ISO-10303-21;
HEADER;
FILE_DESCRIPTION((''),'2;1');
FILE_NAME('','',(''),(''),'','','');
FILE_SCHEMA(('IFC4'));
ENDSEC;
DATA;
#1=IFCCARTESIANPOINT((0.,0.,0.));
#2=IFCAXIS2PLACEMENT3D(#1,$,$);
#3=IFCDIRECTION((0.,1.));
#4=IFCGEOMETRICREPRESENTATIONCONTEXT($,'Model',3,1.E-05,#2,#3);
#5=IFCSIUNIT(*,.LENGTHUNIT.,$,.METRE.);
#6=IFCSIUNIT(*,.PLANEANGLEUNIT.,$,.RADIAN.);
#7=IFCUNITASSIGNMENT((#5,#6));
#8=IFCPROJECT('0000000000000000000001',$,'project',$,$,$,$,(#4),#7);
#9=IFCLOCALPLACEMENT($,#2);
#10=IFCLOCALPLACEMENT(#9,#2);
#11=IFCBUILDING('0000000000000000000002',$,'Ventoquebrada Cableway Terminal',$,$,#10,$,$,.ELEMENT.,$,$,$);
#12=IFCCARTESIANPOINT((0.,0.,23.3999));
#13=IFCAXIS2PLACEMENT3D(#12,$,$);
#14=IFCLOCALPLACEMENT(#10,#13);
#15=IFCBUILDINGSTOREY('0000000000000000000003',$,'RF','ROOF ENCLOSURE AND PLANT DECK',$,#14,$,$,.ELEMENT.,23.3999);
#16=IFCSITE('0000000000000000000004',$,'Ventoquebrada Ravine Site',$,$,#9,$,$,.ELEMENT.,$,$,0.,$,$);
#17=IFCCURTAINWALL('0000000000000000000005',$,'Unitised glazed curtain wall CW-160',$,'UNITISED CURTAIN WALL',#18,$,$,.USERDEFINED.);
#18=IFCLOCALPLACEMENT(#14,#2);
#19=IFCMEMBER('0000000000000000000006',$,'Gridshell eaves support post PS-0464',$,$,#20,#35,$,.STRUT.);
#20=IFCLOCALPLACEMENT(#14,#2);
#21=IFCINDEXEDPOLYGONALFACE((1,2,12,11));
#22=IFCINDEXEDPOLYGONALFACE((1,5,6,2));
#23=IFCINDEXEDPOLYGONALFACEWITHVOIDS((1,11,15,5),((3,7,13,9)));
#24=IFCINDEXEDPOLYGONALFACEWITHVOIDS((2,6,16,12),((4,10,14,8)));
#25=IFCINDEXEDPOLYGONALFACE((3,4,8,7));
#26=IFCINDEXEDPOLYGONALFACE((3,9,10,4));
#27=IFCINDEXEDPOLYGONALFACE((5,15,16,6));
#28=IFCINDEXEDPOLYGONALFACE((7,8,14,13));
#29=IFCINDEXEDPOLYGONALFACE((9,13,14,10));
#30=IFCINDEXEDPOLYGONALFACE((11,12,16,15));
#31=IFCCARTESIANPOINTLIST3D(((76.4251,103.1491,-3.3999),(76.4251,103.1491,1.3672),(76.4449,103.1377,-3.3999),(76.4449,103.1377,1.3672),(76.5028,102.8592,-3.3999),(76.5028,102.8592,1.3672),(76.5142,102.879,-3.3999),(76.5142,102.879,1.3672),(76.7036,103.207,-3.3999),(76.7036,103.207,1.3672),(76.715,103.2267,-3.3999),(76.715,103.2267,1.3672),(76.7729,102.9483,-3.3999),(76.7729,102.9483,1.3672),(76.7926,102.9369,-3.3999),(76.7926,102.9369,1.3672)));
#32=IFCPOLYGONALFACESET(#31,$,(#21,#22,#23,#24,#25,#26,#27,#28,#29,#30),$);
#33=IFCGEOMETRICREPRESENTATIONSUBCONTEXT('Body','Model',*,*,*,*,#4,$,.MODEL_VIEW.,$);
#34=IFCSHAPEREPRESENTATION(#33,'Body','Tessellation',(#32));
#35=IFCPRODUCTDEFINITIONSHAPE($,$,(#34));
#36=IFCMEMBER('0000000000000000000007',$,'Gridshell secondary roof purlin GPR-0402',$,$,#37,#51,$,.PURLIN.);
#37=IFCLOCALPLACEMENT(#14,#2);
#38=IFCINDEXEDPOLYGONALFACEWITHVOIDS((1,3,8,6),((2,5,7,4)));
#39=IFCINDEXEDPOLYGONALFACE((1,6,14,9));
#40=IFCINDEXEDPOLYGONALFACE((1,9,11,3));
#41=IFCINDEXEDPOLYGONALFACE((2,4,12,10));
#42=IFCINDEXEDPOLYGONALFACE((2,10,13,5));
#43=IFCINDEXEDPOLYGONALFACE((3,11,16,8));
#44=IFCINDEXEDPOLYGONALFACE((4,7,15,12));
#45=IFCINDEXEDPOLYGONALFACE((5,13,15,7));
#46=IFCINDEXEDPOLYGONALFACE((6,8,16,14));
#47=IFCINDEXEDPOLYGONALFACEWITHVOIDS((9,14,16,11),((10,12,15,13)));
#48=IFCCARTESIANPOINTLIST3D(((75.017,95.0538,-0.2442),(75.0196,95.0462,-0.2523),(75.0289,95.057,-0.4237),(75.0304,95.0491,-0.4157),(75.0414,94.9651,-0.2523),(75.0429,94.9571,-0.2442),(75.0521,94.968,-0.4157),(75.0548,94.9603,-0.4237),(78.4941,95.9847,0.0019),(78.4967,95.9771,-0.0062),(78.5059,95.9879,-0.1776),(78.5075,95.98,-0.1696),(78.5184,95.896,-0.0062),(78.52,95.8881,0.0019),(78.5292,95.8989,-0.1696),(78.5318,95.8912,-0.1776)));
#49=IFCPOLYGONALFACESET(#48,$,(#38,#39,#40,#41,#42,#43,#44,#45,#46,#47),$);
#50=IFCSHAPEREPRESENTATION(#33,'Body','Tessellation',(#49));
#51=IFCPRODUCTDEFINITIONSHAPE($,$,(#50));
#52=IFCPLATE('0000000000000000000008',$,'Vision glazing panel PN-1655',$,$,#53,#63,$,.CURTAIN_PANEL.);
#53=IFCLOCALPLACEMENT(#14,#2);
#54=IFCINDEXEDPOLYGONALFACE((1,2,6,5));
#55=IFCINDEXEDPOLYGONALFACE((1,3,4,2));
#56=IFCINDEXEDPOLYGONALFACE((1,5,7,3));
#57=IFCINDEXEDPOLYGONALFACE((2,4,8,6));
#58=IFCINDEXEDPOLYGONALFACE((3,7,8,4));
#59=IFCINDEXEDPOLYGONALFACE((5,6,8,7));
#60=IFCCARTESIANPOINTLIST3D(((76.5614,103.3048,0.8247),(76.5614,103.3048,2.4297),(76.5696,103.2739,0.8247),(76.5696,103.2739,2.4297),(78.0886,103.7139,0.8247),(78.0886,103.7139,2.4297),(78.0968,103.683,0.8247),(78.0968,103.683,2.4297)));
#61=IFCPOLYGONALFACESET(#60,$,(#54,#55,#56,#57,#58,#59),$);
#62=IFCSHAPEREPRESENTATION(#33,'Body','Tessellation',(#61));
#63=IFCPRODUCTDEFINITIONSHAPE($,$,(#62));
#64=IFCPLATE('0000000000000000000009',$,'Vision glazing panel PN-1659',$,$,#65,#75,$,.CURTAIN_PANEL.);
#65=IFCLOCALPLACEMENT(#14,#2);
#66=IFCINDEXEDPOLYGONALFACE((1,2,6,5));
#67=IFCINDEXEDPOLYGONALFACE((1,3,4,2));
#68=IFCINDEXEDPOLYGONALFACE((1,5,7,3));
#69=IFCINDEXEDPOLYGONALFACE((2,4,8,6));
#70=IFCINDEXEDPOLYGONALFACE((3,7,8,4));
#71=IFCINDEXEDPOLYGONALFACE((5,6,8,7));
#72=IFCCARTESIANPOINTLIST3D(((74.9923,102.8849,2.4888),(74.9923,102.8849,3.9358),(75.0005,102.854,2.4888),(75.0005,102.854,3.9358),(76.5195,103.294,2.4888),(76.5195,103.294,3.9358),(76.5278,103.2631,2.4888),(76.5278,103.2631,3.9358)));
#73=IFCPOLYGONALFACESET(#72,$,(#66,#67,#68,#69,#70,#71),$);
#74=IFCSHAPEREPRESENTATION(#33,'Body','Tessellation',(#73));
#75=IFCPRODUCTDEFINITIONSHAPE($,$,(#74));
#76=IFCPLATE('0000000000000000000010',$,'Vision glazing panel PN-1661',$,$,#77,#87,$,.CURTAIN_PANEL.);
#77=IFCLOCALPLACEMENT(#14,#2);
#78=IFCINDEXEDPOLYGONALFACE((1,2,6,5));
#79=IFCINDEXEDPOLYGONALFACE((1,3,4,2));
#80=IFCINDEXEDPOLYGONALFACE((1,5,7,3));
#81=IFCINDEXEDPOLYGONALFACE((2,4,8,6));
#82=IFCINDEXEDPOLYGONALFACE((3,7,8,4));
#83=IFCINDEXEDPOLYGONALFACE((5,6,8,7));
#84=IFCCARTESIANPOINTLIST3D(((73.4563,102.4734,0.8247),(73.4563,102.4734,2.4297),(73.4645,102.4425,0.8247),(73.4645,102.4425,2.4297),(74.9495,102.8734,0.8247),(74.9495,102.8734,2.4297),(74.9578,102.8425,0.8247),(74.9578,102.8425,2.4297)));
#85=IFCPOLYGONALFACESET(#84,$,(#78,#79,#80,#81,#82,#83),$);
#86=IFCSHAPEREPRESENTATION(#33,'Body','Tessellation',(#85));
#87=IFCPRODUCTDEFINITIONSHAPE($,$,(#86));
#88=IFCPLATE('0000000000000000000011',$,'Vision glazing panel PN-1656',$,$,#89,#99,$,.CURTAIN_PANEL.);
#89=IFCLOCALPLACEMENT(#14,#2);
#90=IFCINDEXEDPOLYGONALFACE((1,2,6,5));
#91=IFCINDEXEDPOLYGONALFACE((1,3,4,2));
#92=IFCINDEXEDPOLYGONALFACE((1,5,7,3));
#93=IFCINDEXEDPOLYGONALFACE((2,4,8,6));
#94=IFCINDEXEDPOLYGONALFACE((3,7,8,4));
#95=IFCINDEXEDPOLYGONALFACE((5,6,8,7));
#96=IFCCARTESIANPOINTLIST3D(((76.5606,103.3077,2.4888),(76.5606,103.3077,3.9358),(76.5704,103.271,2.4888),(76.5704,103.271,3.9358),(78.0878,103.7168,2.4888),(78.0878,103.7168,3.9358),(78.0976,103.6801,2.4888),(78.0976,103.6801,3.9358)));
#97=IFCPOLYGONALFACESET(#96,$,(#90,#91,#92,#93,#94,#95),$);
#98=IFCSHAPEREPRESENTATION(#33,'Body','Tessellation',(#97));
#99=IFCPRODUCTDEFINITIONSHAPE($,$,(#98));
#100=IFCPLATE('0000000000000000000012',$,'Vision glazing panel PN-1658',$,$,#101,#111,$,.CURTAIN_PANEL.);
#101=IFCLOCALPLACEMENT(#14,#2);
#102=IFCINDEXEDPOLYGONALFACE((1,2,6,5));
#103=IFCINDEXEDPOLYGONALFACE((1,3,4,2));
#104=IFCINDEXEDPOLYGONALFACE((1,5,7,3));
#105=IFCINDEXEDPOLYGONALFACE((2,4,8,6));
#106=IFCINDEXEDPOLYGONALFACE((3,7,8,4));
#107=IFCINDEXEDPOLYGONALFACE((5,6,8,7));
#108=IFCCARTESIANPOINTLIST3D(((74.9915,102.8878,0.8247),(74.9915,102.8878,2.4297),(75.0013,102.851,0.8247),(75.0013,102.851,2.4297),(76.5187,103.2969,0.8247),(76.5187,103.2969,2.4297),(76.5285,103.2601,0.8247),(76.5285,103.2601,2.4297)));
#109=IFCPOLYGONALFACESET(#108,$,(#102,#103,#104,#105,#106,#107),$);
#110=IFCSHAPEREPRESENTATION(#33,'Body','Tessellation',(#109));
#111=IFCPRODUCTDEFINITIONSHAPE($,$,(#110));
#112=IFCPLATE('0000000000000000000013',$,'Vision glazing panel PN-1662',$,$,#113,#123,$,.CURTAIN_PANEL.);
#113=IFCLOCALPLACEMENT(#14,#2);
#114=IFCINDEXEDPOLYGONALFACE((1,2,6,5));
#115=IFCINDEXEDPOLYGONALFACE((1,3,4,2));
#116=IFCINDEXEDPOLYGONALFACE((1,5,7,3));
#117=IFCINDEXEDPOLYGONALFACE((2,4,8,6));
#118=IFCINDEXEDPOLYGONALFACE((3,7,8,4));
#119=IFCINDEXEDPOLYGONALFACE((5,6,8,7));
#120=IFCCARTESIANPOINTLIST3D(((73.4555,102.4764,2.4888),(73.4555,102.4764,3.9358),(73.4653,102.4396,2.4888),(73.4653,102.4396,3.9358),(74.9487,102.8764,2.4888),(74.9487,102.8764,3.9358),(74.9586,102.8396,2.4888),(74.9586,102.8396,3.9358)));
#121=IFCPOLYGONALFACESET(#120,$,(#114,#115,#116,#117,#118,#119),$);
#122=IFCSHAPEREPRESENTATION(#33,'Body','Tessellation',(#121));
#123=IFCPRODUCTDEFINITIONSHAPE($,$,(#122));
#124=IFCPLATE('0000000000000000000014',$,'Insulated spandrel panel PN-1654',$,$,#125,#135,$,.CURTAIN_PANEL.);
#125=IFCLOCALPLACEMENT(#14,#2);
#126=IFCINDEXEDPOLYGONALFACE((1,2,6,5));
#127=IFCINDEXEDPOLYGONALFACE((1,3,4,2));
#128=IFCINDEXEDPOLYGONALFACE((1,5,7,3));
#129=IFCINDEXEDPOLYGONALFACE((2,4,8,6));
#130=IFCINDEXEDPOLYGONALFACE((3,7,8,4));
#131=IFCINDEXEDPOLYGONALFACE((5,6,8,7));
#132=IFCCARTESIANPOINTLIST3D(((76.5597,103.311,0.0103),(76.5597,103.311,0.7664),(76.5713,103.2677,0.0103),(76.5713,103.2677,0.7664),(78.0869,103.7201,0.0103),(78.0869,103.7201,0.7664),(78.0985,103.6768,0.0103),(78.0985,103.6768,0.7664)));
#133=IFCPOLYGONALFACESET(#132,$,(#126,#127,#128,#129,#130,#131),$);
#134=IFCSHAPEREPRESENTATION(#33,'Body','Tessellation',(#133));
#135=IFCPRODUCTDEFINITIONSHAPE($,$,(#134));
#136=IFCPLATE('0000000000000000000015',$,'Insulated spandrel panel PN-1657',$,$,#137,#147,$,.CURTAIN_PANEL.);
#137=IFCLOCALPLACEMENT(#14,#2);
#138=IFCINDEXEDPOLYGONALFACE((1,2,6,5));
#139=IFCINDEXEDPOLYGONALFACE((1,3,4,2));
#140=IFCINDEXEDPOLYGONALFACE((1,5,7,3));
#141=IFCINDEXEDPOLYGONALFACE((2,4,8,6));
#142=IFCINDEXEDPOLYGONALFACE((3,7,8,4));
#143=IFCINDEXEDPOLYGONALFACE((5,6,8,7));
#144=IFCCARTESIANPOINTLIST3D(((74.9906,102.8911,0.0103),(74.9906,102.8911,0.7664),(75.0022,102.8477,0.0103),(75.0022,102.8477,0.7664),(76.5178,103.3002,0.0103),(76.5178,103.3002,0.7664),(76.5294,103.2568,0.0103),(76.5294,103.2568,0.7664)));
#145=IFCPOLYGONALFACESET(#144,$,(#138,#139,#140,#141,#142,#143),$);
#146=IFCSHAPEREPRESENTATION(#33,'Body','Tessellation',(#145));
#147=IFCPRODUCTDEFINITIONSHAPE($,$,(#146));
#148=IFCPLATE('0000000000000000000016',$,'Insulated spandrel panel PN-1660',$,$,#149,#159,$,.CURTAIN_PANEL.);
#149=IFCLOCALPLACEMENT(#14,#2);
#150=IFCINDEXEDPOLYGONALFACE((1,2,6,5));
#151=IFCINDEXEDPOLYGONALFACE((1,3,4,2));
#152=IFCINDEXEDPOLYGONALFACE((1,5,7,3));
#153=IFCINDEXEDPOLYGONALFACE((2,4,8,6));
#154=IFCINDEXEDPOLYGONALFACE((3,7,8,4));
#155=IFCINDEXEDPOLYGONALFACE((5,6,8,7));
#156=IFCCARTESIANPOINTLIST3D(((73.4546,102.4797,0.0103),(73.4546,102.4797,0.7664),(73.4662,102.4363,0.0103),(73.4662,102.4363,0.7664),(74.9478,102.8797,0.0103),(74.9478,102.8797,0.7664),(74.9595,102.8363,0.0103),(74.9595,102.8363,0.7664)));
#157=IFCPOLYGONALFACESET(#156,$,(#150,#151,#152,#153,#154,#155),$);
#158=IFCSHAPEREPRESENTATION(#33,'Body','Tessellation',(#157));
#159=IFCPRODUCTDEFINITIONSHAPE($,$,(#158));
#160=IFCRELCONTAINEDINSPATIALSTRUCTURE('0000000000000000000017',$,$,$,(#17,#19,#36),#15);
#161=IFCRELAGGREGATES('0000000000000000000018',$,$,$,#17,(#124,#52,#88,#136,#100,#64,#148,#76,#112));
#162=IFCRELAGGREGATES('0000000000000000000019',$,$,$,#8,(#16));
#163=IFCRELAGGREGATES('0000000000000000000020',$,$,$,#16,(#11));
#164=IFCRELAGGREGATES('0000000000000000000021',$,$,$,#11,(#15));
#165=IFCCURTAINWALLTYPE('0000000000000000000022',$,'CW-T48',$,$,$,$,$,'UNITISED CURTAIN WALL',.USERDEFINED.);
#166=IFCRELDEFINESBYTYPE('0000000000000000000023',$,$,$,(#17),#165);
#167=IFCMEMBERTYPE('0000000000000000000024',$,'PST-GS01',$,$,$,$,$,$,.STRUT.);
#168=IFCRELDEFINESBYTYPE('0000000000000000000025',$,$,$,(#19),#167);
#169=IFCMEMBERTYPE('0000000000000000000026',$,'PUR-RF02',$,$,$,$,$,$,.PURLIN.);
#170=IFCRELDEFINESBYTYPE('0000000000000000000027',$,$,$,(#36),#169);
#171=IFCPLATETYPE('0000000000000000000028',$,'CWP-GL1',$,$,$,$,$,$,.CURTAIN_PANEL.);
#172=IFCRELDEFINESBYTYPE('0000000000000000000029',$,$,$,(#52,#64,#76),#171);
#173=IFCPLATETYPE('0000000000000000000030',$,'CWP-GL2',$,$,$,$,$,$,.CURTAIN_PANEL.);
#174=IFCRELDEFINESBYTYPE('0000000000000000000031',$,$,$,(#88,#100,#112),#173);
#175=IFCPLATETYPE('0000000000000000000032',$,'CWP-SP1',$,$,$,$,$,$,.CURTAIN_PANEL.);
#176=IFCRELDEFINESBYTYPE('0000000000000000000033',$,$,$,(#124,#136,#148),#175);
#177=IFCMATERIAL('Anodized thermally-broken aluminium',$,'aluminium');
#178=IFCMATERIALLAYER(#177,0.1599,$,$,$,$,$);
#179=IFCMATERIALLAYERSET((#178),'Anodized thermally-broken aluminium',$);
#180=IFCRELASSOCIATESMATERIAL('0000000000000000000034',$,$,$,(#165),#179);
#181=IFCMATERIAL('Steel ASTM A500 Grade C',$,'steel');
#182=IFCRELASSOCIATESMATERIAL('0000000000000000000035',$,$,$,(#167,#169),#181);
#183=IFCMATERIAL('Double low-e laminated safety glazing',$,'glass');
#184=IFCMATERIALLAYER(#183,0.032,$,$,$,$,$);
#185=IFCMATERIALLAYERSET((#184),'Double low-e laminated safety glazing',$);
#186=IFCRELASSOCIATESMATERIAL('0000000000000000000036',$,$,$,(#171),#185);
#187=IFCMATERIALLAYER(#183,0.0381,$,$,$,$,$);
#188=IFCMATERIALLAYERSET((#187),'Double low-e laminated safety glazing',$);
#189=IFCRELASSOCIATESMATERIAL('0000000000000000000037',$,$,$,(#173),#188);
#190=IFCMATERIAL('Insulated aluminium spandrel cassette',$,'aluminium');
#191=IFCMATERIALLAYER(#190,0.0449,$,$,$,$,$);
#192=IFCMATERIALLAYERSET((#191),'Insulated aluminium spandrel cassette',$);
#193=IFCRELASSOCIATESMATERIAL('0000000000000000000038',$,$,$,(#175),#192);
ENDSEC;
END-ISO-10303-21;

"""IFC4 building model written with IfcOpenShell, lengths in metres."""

from ifc_helpers import new_model, si_unit, direction, frame, origin, origin_2d, place, context, subcontext, project, spatial, rectangle, hollow_rectangle, extrude, material, layer, layer_set, material_profile, profile_set, type_object, element, aggregate, save


model = new_model("IFC4")

# Units and contexts
model_context = context("Model", 3, precision=1e-05, world=origin(), true_north=direction((0.0, 1.0)))
body_context = subcontext(model_context, "Body", "Model", "MODEL_VIEW")
ifc_project = project(units=[si_unit("LENGTHUNIT", "METRE"), si_unit("PLANEANGLEUNIT", "RADIAN")], contexts=[model_context])

# Site, building, storey
site_placement = place(None, origin())
site = spatial("IfcSite", under=ifc_project, at=site_placement, Name="Ventoquebrada Ravine Site", CompositionType="ELEMENT", RefElevation=0.0)
building_placement = place(site_placement, origin())
building = spatial("IfcBuilding", under=site, at=building_placement, Name="Ventoquebrada Cableway Terminal", CompositionType="ELEMENT")
storey_placement = place(building_placement, frame((0.0, 0.0, 23.3999)))
storey = spatial("IfcBuildingStorey", under=building, at=storey_placement, Name="RF", Description="ROOF ENCLOSURE AND PLANT DECK", CompositionType="ELEMENT", Elevation=23.3999)

# Shared definitions
ifc_material_1 = material(Name="Steel ASTM A500 Grade C", Category="steel")

# Curtain wall
ifc_material_2 = material(Name="Anodized thermally-broken aluminium", Category="aluminium")
ifc_layer_1 = layer(ifc_material_2, 0.1599)
ifc_layer_set_1 = layer_set([ifc_layer_1], Name="Anodized thermally-broken aluminium")
curtain_wall_type = type_object("IfcCurtainWallType", Name="CW-T48", ElementType="UNITISED CURTAIN WALL", PredefinedType="USERDEFINED", material=ifc_layer_set_1)
curtain_wall_placement = place(storey_placement, origin())
curtain_wall = element("IfcCurtainWall", 1, at=curtain_wall_placement, inside=storey, type_object=curtain_wall_type, Name="Unitised glazed curtain wall CW-160", ObjectType="UNITISED CURTAIN WALL", PredefinedType="USERDEFINED")

# Members
ifc_material_profile_1 = material_profile(ifc_material_1, hollow_rectangle(XDim=0.3, YDim=0.3, WallThickness=0.0161, at=origin_2d()), Name="HSS300X300X16")
ifc_profile_set_1 = profile_set([ifc_material_profile_1], Name="Steel ASTM A500 Grade C")
member_type_1 = type_object("IfcMemberType", Name="PST-GS01", PredefinedType="STRUT", material=ifc_profile_set_1)
member_1_placement = place(storey_placement, frame((76.6089, 103.043, -3.3999), z_axis=(0.0, 0.0, 1.0), x_axis=(0.965926, 0.258819, 0.0)))
element("IfcMember", 2, at=member_1_placement, inside=storey, type_object=member_type_1, Name="Gridshell eaves support post PS-0464", PredefinedType="STRUT", context=body_context, shape_type="SweptSolid", body=[
    extrude(hollow_rectangle(XDim=0.3, YDim=0.3, WallThickness=0.0161, at=origin_2d()), origin(), (0.0, 0.0, 1.0), 4.7671),
])
ifc_material_profile_2 = material_profile(ifc_material_1, hollow_rectangle(XDim=0.1001, YDim=0.1799, WallThickness=0.0081, at=origin_2d()), Name="RHS180X100X8")
ifc_profile_set_2 = profile_set([ifc_material_profile_2], Name="Steel ASTM A500 Grade C")
member_type_2 = type_object("IfcMemberType", Name="PUR-RF02", PredefinedType="PURLIN", material=ifc_profile_set_2)
member_2_placement = place(storey_placement, frame((75.0359, 95.0071, -0.334), z_axis=(0.963729, 0.258018, 0.068209), x_axis=(-0.258621, 0.965979, 0.0)))
element("IfcMember", 3, at=member_2_placement, inside=storey, type_object=member_type_2, Name="Gridshell secondary roof purlin GPR-0402", PredefinedType="PURLIN", context=body_context, shape_type="SweptSolid", body=[
    extrude(hollow_rectangle(XDim=0.1001, YDim=0.1799, WallThickness=0.0081, at=origin_2d()), origin(), (0.0, 0.0, 1.0), 3.6079),
])

# Plates
ifc_material_3 = material(Name="Double low-e laminated safety glazing", Category="glass")
ifc_layer_2 = layer(ifc_material_3, 0.032)
ifc_layer_set_2 = layer_set([ifc_layer_2], Name="Double low-e laminated safety glazing")
plate_type_1 = type_object("IfcPlateType", Name="CWP-GL1", PredefinedType="CURTAIN_PANEL", material=ifc_layer_set_2)
plate_1_placement = place(storey_placement, frame((77.3291, 103.4939, 0.8247), z_axis=(0.0, 0.0, 1.0), x_axis=(-0.965944, -0.258752, 0.0)))
plate_1 = element("IfcPlate", 4, at=plate_1_placement, type_object=plate_type_1, Name="Vision glazing panel PN-1655", PredefinedType="CURTAIN_PANEL", context=body_context, shape_type="SweptSolid", body=[
    extrude(rectangle(XDim=1.5811, YDim=0.032, at=origin_2d()), origin(), (0.0, 0.0, 1.0), 1.605),
])
plate_2_placement = place(storey_placement, frame((75.76, 103.074, 2.4888), z_axis=(0.0, 0.0, 1.0), x_axis=(-0.965944, -0.258752, 0.0)))
plate_2 = element("IfcPlate", 5, at=plate_2_placement, type_object=plate_type_1, Name="Vision glazing panel PN-1659", PredefinedType="CURTAIN_PANEL", context=body_context, shape_type="SweptSolid", body=[
    extrude(rectangle(XDim=1.5811, YDim=0.032, at=origin_2d()), origin(), (0.0, 0.0, 1.0), 1.447),
])
plate_3_placement = place(storey_placement, frame((74.207, 102.658, 0.8247), z_axis=(0.0, 0.0, 1.0), x_axis=(-0.965944, -0.258752, 0.0)))
plate_3 = element("IfcPlate", 6, at=plate_3_placement, type_object=plate_type_1, Name="Vision glazing panel PN-1661", PredefinedType="CURTAIN_PANEL", context=body_context, shape_type="SweptSolid", body=[
    extrude(rectangle(XDim=1.5459, YDim=0.032, at=origin_2d()), origin(), (0.0, 0.0, 1.0), 1.605),
])
ifc_layer_3 = layer(ifc_material_3, 0.0381)
ifc_layer_set_3 = layer_set([ifc_layer_3], Name="Double low-e laminated safety glazing")
plate_type_2 = type_object("IfcPlateType", Name="CWP-GL2", PredefinedType="CURTAIN_PANEL", material=ifc_layer_set_3)
plate_4_placement = place(storey_placement, frame((77.3291, 103.4939, 2.4888), z_axis=(0.0, 0.0, 1.0), x_axis=(-0.965944, -0.258752, 0.0)))
plate_4 = element("IfcPlate", 7, at=plate_4_placement, type_object=plate_type_2, Name="Vision glazing panel PN-1656", PredefinedType="CURTAIN_PANEL", context=body_context, shape_type="SweptSolid", body=[
    extrude(rectangle(XDim=1.5811, YDim=0.0381, at=origin_2d()), origin(), (0.0, 0.0, 1.0), 1.447),
])
plate_5_placement = place(storey_placement, frame((75.76, 103.074, 0.8247), z_axis=(0.0, 0.0, 1.0), x_axis=(-0.965944, -0.258752, 0.0)))
plate_5 = element("IfcPlate", 8, at=plate_5_placement, type_object=plate_type_2, Name="Vision glazing panel PN-1658", PredefinedType="CURTAIN_PANEL", context=body_context, shape_type="SweptSolid", body=[
    extrude(rectangle(XDim=1.5811, YDim=0.0381, at=origin_2d()), origin(), (0.0, 0.0, 1.0), 1.605),
])
plate_6_placement = place(storey_placement, frame((74.207, 102.658, 2.4888), z_axis=(0.0, 0.0, 1.0), x_axis=(-0.965944, -0.258752, 0.0)))
plate_6 = element("IfcPlate", 9, at=plate_6_placement, type_object=plate_type_2, Name="Vision glazing panel PN-1662", PredefinedType="CURTAIN_PANEL", context=body_context, shape_type="SweptSolid", body=[
    extrude(rectangle(XDim=1.5459, YDim=0.0381, at=origin_2d()), origin(), (0.0, 0.0, 1.0), 1.447),
])
ifc_material_4 = material(Name="Insulated aluminium spandrel cassette", Category="aluminium")
ifc_layer_4 = layer(ifc_material_4, 0.0449)
ifc_layer_set_4 = layer_set([ifc_layer_4], Name="Insulated aluminium spandrel cassette")
plate_type_3 = type_object("IfcPlateType", Name="CWP-SP1", PredefinedType="CURTAIN_PANEL", material=ifc_layer_set_4)
plate_7_placement = place(storey_placement, frame((77.3291, 103.4939, 0.0103), z_axis=(0.0, 0.0, 1.0), x_axis=(-0.965944, -0.258752, 0.0)))
plate_7 = element("IfcPlate", 10, at=plate_7_placement, type_object=plate_type_3, Name="Insulated spandrel panel PN-1654", PredefinedType="CURTAIN_PANEL", context=body_context, shape_type="SweptSolid", body=[
    extrude(rectangle(XDim=1.5811, YDim=0.0449, at=origin_2d()), origin(), (0.0, 0.0, 1.0), 0.7561),
])
plate_8_placement = place(storey_placement, frame((75.76, 103.074, 0.0103), z_axis=(0.0, 0.0, 1.0), x_axis=(-0.965944, -0.258752, 0.0)))
plate_8 = element("IfcPlate", 11, at=plate_8_placement, type_object=plate_type_3, Name="Insulated spandrel panel PN-1657", PredefinedType="CURTAIN_PANEL", context=body_context, shape_type="SweptSolid", body=[
    extrude(rectangle(XDim=1.5811, YDim=0.0449, at=origin_2d()), origin(), (0.0, 0.0, 1.0), 0.7561),
])
plate_9_placement = place(storey_placement, frame((74.207, 102.658, 0.0103), z_axis=(0.0, 0.0, 1.0), x_axis=(-0.965944, -0.258752, 0.0)))
plate_9 = element("IfcPlate", 12, at=plate_9_placement, type_object=plate_type_3, Name="Insulated spandrel panel PN-1660", PredefinedType="CURTAIN_PANEL", context=body_context, shape_type="SweptSolid", body=[
    extrude(rectangle(XDim=1.5459, YDim=0.0449, at=origin_2d()), origin(), (0.0, 0.0, 1.0), 0.7561),
])
aggregate(curtain_wall, [plate_7, plate_1, plate_4, plate_8, plate_5, plate_2, plate_9, plate_3, plate_6])

save(model, "model.ifc")
